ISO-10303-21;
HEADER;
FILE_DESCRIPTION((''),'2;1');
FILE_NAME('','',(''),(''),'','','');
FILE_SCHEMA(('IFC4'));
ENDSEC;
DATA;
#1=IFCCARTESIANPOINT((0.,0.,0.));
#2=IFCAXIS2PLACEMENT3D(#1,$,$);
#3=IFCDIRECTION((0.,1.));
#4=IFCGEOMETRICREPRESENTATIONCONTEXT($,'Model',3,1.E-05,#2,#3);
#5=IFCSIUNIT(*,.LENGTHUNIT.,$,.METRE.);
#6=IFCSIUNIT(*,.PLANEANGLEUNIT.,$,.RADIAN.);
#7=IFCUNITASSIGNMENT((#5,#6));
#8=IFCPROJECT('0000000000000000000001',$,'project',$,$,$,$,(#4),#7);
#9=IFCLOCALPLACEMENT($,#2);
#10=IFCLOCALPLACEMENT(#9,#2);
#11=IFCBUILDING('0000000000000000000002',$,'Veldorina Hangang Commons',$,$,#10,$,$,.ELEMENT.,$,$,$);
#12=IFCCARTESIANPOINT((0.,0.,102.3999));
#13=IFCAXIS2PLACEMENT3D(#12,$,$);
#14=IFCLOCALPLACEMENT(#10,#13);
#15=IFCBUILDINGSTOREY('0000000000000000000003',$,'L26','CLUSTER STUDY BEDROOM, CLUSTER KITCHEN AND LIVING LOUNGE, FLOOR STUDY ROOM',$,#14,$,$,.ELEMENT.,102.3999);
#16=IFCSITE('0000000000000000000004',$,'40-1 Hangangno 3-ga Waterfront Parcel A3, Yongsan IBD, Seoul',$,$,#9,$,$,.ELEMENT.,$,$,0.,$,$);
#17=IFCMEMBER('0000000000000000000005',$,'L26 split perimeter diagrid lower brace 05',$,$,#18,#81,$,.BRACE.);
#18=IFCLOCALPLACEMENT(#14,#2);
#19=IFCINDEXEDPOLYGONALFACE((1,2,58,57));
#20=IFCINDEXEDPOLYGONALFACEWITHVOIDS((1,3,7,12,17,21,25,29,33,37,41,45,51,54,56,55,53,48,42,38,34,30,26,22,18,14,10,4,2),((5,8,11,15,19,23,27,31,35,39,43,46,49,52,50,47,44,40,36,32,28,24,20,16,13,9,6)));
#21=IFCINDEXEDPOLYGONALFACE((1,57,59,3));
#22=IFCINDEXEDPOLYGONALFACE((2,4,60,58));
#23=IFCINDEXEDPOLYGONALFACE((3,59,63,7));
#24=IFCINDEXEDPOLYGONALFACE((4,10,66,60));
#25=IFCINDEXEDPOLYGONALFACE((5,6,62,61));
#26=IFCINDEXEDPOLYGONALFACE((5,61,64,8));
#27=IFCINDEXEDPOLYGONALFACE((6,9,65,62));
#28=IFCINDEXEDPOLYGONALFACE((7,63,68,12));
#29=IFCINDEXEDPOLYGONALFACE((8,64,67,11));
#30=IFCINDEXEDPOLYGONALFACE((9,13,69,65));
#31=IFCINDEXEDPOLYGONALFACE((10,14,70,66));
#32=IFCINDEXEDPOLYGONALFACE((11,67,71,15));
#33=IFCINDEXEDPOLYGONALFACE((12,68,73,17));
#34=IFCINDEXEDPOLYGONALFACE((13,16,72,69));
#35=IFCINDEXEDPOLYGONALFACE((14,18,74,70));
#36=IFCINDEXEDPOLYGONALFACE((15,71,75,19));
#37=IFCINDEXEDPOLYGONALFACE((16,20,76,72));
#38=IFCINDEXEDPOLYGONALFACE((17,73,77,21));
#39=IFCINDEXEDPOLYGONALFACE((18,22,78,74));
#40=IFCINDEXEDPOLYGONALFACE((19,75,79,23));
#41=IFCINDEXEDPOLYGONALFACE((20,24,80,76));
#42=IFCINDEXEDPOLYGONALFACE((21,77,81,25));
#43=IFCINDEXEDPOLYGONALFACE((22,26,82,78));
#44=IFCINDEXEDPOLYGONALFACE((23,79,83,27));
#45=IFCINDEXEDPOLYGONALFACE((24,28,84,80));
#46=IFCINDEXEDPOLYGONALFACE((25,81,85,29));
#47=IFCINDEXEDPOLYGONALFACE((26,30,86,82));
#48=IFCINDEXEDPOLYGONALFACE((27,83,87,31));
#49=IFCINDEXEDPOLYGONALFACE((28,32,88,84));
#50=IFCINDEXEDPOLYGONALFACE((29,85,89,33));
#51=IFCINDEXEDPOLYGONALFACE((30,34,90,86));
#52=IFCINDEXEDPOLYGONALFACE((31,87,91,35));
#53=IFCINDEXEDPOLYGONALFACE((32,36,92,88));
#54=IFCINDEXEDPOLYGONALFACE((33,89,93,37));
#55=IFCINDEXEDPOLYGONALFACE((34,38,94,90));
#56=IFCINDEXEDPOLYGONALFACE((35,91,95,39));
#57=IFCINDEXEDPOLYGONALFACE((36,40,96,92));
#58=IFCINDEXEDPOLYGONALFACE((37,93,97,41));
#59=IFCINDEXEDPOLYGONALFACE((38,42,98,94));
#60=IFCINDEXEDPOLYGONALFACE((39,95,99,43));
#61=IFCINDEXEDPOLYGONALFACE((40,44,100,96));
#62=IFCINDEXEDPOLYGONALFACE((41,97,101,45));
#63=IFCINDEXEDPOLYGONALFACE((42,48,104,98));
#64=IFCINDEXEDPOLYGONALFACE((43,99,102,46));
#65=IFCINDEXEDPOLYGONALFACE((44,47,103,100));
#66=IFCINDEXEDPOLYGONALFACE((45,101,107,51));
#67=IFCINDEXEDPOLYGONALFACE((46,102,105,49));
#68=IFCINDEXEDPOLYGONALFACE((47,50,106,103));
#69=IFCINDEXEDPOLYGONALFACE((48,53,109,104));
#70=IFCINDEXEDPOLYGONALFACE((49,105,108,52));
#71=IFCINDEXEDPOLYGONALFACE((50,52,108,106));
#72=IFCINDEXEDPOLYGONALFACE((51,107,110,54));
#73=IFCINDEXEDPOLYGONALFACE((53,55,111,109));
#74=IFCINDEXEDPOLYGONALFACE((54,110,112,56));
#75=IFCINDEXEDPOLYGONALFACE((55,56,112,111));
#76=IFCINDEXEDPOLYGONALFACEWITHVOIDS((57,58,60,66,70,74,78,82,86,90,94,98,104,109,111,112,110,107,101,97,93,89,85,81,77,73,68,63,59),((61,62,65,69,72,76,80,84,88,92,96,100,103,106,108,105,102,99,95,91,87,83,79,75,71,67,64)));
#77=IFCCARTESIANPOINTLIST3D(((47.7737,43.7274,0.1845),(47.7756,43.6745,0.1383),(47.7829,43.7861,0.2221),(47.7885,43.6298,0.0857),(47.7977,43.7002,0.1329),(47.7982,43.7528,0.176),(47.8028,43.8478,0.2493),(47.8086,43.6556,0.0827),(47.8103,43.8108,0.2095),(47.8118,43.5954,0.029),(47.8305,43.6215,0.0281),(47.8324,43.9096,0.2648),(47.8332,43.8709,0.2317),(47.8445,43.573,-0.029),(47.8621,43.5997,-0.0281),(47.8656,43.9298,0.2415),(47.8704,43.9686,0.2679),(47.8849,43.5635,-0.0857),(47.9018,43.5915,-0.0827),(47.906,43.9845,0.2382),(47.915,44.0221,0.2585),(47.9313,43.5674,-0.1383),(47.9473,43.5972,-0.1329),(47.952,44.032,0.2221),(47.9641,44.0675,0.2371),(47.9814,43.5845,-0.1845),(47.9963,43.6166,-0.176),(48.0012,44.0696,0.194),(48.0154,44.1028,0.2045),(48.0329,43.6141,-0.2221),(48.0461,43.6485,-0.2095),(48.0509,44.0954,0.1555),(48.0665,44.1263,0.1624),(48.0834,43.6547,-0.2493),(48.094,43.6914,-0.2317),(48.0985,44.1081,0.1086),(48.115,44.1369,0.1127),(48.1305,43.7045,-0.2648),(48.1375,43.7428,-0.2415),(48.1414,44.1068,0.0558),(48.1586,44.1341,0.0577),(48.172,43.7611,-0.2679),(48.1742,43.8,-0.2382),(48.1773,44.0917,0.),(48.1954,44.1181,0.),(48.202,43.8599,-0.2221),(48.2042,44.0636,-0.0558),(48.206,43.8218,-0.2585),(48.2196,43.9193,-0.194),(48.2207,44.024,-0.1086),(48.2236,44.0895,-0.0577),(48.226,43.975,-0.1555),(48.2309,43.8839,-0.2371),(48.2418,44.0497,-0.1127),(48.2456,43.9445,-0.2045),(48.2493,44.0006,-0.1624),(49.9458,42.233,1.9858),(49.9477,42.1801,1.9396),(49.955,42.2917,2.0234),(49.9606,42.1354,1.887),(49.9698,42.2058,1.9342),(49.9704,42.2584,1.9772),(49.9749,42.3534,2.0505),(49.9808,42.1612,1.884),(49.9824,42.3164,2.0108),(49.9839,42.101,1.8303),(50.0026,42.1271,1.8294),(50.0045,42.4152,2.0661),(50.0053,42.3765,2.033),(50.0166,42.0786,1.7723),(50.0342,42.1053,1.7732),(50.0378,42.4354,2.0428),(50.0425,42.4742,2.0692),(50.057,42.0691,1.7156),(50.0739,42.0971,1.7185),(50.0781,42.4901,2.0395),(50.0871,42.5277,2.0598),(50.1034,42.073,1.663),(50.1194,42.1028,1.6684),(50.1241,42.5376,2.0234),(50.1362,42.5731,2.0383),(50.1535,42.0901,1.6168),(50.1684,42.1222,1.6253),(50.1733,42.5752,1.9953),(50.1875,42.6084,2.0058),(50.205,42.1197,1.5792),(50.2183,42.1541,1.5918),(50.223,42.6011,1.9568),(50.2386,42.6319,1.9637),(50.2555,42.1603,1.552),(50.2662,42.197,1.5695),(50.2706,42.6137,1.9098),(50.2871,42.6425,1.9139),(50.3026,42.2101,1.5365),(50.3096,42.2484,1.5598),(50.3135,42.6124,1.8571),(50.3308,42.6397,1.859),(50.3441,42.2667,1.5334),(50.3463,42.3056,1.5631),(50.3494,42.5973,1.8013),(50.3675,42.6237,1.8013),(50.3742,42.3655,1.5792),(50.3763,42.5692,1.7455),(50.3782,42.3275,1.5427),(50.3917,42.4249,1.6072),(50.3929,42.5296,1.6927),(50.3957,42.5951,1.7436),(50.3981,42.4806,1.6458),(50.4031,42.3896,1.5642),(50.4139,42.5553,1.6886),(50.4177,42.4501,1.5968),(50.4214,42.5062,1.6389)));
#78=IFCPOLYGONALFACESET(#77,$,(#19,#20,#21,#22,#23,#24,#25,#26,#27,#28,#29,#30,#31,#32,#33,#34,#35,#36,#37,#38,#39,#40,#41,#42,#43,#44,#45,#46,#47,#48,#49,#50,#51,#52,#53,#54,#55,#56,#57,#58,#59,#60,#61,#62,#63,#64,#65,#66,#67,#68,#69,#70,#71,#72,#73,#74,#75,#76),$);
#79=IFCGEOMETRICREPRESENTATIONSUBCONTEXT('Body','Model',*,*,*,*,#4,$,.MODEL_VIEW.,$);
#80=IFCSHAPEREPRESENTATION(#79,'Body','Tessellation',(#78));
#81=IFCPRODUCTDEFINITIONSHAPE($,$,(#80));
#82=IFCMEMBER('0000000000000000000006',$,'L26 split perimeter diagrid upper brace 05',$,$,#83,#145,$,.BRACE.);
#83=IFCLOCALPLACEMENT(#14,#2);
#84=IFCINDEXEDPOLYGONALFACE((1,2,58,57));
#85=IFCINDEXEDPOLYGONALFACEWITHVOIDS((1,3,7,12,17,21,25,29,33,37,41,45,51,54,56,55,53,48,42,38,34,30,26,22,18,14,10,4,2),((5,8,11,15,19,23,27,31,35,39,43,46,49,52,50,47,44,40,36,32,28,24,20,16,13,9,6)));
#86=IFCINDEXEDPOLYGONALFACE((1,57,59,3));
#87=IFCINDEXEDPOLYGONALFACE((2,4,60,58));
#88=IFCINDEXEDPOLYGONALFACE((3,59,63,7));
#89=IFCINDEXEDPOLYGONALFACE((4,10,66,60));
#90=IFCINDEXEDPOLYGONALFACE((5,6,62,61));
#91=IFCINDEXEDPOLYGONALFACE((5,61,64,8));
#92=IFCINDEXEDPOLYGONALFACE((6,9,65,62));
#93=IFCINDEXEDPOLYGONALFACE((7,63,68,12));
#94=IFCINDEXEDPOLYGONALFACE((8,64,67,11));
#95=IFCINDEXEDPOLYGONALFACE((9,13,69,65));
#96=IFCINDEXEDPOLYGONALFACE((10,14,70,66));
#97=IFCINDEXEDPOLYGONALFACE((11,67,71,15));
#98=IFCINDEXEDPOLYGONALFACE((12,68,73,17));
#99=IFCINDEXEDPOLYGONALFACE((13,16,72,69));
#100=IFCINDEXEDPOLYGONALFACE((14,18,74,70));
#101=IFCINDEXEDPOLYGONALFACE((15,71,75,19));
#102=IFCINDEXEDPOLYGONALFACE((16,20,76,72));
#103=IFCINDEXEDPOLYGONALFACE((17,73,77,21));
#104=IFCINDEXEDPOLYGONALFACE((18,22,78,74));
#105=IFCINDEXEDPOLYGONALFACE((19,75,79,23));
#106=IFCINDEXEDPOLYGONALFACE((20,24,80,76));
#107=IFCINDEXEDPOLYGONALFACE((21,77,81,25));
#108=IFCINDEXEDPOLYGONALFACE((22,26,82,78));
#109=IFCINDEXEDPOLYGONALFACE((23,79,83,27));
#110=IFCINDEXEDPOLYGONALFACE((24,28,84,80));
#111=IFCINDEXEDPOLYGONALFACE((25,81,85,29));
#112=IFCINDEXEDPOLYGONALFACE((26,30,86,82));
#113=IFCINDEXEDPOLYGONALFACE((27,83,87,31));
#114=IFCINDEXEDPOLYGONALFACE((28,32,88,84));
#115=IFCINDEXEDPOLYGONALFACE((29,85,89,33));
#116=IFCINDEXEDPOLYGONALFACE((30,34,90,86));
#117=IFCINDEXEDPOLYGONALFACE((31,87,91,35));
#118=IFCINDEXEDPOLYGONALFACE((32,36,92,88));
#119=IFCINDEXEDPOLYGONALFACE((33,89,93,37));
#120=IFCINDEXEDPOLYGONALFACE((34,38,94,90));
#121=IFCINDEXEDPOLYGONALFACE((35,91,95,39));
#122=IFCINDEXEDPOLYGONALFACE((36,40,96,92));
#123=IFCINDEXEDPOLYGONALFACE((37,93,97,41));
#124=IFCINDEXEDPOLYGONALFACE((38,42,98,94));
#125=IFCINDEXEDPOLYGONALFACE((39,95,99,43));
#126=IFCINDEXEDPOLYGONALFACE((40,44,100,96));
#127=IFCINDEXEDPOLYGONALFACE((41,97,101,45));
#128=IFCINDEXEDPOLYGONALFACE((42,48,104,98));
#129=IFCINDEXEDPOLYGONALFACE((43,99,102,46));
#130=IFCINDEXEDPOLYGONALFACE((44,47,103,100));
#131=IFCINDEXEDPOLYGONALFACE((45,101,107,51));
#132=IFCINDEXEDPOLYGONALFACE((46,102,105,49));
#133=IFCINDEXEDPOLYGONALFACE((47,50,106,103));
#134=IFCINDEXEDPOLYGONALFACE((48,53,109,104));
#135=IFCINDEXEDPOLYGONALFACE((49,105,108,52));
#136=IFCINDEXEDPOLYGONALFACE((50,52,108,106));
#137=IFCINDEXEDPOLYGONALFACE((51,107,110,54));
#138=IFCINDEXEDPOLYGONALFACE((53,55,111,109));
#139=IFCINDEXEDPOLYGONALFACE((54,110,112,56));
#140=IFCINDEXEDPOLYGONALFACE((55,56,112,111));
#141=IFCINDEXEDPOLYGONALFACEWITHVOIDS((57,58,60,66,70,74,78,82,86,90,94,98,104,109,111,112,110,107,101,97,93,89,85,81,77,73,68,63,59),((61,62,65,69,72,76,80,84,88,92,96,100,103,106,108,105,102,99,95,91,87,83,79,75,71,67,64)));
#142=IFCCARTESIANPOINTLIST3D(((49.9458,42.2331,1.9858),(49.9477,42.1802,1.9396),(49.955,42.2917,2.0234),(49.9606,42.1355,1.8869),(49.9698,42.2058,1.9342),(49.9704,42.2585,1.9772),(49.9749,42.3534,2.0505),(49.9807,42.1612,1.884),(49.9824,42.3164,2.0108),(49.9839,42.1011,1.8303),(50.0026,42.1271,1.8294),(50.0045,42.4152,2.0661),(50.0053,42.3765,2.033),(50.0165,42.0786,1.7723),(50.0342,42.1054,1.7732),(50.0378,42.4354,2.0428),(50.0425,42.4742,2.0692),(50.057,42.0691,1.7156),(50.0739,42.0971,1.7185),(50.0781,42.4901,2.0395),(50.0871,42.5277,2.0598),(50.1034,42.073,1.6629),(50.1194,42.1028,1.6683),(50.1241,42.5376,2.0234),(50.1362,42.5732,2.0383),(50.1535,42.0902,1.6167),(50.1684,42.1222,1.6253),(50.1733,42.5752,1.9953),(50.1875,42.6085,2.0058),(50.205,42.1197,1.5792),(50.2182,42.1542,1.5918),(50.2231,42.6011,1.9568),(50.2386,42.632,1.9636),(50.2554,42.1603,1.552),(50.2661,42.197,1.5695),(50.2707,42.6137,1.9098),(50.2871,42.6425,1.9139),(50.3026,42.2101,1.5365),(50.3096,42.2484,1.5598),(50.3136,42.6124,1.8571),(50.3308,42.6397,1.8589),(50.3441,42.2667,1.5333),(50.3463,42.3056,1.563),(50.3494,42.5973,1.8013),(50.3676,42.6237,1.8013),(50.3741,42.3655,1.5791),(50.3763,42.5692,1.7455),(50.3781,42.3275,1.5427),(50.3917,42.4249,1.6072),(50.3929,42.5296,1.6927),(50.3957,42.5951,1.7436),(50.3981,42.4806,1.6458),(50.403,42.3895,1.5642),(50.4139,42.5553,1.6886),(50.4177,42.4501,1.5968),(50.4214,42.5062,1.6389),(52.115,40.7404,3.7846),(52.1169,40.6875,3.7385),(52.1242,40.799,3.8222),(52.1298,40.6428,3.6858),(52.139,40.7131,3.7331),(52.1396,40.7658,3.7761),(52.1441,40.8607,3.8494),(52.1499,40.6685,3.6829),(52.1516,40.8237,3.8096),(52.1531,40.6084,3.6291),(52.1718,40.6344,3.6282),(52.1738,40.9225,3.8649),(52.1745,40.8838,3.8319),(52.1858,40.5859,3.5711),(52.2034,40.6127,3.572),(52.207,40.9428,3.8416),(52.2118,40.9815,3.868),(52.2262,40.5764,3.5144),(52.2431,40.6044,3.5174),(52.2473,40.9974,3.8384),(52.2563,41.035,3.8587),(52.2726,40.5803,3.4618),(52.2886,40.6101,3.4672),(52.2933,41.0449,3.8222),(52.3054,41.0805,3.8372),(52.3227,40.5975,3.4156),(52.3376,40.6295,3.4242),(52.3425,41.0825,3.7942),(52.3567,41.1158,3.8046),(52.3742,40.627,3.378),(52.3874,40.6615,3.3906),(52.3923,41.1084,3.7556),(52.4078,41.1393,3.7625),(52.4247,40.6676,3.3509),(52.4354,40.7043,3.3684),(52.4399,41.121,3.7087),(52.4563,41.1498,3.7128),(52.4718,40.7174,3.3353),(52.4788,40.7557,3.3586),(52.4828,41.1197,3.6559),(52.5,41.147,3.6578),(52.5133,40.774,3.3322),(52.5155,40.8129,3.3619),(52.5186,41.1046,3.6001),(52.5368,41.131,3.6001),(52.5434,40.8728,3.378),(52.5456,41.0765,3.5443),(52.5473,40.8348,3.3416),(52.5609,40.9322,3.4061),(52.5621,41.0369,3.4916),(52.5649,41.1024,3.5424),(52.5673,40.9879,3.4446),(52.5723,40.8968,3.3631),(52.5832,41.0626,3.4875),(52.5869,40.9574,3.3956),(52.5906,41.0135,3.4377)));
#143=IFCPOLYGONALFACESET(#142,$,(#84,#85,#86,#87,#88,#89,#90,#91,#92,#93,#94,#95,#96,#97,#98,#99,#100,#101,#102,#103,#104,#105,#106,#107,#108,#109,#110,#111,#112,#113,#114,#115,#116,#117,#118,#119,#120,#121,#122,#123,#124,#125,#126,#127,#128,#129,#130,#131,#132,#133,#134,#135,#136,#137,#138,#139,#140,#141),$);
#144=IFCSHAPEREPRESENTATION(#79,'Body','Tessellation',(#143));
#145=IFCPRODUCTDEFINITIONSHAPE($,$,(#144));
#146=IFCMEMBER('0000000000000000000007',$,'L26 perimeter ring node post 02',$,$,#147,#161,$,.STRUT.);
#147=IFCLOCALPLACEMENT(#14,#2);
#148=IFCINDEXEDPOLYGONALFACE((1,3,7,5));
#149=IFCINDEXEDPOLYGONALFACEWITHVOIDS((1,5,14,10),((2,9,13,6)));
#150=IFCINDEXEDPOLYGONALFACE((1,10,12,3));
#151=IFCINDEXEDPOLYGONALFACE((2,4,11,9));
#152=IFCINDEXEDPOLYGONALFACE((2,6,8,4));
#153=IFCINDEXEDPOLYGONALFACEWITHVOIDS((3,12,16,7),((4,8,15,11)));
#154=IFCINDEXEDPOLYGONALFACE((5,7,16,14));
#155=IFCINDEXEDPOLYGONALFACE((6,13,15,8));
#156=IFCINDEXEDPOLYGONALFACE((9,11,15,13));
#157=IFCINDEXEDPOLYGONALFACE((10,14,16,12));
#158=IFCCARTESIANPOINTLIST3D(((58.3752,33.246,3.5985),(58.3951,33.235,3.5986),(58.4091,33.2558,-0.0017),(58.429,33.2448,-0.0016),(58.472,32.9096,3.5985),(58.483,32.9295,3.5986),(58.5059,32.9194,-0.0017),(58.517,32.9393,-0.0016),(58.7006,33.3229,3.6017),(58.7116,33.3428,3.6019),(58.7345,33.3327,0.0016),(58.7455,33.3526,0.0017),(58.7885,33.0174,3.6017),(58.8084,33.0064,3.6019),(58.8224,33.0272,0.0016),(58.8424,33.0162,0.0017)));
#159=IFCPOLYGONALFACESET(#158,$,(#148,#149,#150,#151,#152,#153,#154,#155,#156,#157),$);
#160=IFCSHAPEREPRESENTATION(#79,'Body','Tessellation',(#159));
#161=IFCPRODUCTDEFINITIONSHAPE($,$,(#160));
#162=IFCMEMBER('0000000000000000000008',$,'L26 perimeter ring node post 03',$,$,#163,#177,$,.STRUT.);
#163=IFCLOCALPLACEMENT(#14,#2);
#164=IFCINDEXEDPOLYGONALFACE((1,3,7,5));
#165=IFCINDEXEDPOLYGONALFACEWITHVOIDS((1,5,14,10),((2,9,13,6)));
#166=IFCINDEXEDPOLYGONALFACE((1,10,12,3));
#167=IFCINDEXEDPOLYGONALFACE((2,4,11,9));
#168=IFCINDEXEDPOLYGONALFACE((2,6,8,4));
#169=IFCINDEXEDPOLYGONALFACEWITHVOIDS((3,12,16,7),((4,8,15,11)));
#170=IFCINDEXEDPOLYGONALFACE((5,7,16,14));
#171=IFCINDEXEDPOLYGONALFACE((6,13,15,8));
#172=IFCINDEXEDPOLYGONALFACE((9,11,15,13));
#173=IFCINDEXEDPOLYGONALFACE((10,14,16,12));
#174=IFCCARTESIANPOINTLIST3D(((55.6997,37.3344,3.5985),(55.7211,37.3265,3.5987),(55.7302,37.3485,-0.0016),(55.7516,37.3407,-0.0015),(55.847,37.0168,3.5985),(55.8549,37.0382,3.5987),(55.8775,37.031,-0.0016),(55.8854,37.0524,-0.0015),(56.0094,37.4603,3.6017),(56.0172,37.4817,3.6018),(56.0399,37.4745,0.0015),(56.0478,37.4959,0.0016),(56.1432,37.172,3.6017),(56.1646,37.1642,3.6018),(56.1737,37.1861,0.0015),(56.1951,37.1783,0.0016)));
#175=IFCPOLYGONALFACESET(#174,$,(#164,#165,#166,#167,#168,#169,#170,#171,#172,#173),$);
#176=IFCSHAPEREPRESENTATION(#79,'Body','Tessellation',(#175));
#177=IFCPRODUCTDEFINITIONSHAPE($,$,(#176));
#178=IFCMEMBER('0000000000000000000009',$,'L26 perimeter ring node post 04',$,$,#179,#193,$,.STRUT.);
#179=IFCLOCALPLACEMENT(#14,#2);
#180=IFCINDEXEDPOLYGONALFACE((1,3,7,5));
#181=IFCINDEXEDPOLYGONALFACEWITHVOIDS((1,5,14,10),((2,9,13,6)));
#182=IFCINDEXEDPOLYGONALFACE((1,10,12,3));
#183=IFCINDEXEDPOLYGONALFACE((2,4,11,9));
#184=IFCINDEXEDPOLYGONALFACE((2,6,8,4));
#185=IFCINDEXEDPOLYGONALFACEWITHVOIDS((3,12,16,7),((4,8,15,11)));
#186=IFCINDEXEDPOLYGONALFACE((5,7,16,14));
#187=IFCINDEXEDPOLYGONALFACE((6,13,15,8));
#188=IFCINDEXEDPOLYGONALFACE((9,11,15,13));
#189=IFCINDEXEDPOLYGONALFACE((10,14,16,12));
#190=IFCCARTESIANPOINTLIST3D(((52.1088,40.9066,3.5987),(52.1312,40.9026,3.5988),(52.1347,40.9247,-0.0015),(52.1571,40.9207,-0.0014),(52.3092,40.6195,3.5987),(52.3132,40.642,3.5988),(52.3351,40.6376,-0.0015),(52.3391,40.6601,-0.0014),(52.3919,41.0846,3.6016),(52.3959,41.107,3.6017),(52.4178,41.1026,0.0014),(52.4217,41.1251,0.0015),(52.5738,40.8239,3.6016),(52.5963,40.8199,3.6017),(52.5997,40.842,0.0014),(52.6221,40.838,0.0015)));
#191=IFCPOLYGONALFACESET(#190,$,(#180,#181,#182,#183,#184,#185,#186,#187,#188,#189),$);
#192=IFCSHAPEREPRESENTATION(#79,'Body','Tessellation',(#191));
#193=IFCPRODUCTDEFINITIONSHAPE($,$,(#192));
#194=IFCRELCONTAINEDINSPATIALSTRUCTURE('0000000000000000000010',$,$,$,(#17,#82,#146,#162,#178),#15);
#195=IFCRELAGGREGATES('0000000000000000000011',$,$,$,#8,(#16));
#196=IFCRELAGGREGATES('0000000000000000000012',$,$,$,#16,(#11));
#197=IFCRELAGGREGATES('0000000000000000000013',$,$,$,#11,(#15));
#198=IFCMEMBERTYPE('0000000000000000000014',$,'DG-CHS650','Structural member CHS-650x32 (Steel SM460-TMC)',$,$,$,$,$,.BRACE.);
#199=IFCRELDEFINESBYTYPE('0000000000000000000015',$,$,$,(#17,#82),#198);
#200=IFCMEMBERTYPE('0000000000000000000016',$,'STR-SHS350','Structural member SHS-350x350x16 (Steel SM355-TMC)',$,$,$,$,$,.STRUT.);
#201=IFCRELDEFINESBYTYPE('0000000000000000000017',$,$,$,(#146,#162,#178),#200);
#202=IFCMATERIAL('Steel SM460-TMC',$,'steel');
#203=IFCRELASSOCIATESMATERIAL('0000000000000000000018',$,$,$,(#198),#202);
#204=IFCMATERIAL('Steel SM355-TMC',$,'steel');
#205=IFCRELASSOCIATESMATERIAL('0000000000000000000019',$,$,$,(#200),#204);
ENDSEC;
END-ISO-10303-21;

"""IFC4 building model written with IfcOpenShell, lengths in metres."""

from ifc_helpers import new_model, si_unit, direction, frame, origin, origin_2d, place, context, subcontext, project, spatial, hollow_rectangle, hollow_circle, extrude, material, material_profile, profile_set, type_object, element, save


model = new_model("IFC4")

# Units and contexts
model_context = context("Model", 3, precision=1e-05, world=origin(), true_north=direction((0.0, 1.0)))
body_context = subcontext(model_context, "Body", "Model", "MODEL_VIEW")
ifc_project = project(units=[si_unit("LENGTHUNIT", "METRE"), si_unit("PLANEANGLEUNIT", "RADIAN")], contexts=[model_context])

# Site, building, storey
site_placement = place(None, origin())
site = spatial("IfcSite", under=ifc_project, at=site_placement, Name="40-1 Hangangno 3-ga Waterfront Parcel A3, Yongsan IBD, Seoul", CompositionType="ELEMENT", RefElevation=0.0)
building_placement = place(site_placement, origin())
building = spatial("IfcBuilding", under=site, at=building_placement, Name="Veldorina Hangang Commons", CompositionType="ELEMENT")
storey_placement = place(building_placement, frame((0.0, 0.0, 102.3999)))
storey = spatial("IfcBuildingStorey", under=building, at=storey_placement, Name="L26", Description="CLUSTER STUDY BEDROOM, CLUSTER KITCHEN AND LIVING LOUNGE, FLOOR STUDY ROOM", CompositionType="ELEMENT", Elevation=102.3999)

# Shared definitions
ifc_material_1 = material(Name="Steel SM355-TMC", Category="steel")

# Members
ifc_material_2 = material(Name="Steel SM460-TMC", Category="steel")
ifc_material_profile_1 = material_profile(ifc_material_2, hollow_circle(Radius=0.325, WallThickness=0.032, at=origin_2d()), Name="CHS-650x32")
ifc_profile_set_1 = profile_set([ifc_material_profile_1], Name="Steel SM460-TMC")
member_type_1 = type_object("IfcMemberType", Name="DG-CHS650", Description="Structural member CHS-650x32 (Steel SM460-TMC)", PredefinedType="BRACE", material=ifc_profile_set_1)
member_1_placement = place(storey_placement, frame((48.0112, 43.8503, 0.0), z_axis=(0.680255, -0.468005, 0.564114), x_axis=(0.5668, 0.823855, 0.0)))
element("IfcMember", 1, at=member_1_placement, inside=storey, type_object=member_type_1, Name="L26 split perimeter diagrid lower brace 05", PredefinedType="BRACE", context=body_context, shape_type="SweptSolid", body=[
    extrude(hollow_circle(Radius=0.325, WallThickness=0.032, at=origin_2d()), origin(), (0.0, 0.0, 1.0), 3.1931),
])
member_2_placement = place(storey_placement, frame((50.1833, 42.356, 1.8013), z_axis=(0.680226, -0.468081, 0.564086), x_axis=(0.566879, 0.823801, 0.0)))
element("IfcMember", 2, at=member_2_placement, inside=storey, type_object=member_type_1, Name="L26 split perimeter diagrid upper brace 05", PredefinedType="BRACE", context=body_context, shape_type="SweptSolid", body=[
    extrude(hollow_circle(Radius=0.325, WallThickness=0.032, at=origin_2d()), origin(), (0.0, 0.0, 1.0), 3.189),
])
ifc_material_profile_2 = material_profile(ifc_material_1, hollow_rectangle(XDim=0.3501, YDim=0.3501, WallThickness=0.0161, at=origin_2d()), Name="SHS-350x350x16")
ifc_profile_set_2 = profile_set([ifc_material_profile_2], Name="Steel SM355-TMC")
member_type_2 = type_object("IfcMemberType", Name="STR-SHS350", Description="Structural member SHS-350x350x16 (Steel SM355-TMC)", PredefinedType="STRUT", material=ifc_profile_set_2)
for number, where, z_axis, x_axis, name in (
    (3, (58.6257, 33.136, 0.0), (-0.009426, -0.002712, 0.999952), (0.276547, -0.961, 0.0), "L26 perimeter ring node post 02"),
    (4, (55.9626, 37.2634, 0.0), (-0.008477, -0.003933, 0.999956), (0.420898, -0.907108, 0.0), "L26 perimeter ring node post 03"),
    (5, (52.3784, 40.8813, 0.0), (-0.007188, -0.005018, 0.999962), (0.572424, -0.819958, 0.0), "L26 perimeter ring node post 04"),
):
    element("IfcMember", number, at=place(storey_placement, frame(where, z_axis=z_axis, x_axis=x_axis)), inside=storey, type_object=member_type_2, Name=name, PredefinedType="STRUT", context=body_context, shape_type="SweptSolid", body=[
        extrude(hollow_rectangle(XDim=0.3501, YDim=0.3501, WallThickness=0.0161, at=origin_2d()), origin(), (0.0, 0.0, 1.0), 3.6003),
    ])

save(model, "model.ifc")
